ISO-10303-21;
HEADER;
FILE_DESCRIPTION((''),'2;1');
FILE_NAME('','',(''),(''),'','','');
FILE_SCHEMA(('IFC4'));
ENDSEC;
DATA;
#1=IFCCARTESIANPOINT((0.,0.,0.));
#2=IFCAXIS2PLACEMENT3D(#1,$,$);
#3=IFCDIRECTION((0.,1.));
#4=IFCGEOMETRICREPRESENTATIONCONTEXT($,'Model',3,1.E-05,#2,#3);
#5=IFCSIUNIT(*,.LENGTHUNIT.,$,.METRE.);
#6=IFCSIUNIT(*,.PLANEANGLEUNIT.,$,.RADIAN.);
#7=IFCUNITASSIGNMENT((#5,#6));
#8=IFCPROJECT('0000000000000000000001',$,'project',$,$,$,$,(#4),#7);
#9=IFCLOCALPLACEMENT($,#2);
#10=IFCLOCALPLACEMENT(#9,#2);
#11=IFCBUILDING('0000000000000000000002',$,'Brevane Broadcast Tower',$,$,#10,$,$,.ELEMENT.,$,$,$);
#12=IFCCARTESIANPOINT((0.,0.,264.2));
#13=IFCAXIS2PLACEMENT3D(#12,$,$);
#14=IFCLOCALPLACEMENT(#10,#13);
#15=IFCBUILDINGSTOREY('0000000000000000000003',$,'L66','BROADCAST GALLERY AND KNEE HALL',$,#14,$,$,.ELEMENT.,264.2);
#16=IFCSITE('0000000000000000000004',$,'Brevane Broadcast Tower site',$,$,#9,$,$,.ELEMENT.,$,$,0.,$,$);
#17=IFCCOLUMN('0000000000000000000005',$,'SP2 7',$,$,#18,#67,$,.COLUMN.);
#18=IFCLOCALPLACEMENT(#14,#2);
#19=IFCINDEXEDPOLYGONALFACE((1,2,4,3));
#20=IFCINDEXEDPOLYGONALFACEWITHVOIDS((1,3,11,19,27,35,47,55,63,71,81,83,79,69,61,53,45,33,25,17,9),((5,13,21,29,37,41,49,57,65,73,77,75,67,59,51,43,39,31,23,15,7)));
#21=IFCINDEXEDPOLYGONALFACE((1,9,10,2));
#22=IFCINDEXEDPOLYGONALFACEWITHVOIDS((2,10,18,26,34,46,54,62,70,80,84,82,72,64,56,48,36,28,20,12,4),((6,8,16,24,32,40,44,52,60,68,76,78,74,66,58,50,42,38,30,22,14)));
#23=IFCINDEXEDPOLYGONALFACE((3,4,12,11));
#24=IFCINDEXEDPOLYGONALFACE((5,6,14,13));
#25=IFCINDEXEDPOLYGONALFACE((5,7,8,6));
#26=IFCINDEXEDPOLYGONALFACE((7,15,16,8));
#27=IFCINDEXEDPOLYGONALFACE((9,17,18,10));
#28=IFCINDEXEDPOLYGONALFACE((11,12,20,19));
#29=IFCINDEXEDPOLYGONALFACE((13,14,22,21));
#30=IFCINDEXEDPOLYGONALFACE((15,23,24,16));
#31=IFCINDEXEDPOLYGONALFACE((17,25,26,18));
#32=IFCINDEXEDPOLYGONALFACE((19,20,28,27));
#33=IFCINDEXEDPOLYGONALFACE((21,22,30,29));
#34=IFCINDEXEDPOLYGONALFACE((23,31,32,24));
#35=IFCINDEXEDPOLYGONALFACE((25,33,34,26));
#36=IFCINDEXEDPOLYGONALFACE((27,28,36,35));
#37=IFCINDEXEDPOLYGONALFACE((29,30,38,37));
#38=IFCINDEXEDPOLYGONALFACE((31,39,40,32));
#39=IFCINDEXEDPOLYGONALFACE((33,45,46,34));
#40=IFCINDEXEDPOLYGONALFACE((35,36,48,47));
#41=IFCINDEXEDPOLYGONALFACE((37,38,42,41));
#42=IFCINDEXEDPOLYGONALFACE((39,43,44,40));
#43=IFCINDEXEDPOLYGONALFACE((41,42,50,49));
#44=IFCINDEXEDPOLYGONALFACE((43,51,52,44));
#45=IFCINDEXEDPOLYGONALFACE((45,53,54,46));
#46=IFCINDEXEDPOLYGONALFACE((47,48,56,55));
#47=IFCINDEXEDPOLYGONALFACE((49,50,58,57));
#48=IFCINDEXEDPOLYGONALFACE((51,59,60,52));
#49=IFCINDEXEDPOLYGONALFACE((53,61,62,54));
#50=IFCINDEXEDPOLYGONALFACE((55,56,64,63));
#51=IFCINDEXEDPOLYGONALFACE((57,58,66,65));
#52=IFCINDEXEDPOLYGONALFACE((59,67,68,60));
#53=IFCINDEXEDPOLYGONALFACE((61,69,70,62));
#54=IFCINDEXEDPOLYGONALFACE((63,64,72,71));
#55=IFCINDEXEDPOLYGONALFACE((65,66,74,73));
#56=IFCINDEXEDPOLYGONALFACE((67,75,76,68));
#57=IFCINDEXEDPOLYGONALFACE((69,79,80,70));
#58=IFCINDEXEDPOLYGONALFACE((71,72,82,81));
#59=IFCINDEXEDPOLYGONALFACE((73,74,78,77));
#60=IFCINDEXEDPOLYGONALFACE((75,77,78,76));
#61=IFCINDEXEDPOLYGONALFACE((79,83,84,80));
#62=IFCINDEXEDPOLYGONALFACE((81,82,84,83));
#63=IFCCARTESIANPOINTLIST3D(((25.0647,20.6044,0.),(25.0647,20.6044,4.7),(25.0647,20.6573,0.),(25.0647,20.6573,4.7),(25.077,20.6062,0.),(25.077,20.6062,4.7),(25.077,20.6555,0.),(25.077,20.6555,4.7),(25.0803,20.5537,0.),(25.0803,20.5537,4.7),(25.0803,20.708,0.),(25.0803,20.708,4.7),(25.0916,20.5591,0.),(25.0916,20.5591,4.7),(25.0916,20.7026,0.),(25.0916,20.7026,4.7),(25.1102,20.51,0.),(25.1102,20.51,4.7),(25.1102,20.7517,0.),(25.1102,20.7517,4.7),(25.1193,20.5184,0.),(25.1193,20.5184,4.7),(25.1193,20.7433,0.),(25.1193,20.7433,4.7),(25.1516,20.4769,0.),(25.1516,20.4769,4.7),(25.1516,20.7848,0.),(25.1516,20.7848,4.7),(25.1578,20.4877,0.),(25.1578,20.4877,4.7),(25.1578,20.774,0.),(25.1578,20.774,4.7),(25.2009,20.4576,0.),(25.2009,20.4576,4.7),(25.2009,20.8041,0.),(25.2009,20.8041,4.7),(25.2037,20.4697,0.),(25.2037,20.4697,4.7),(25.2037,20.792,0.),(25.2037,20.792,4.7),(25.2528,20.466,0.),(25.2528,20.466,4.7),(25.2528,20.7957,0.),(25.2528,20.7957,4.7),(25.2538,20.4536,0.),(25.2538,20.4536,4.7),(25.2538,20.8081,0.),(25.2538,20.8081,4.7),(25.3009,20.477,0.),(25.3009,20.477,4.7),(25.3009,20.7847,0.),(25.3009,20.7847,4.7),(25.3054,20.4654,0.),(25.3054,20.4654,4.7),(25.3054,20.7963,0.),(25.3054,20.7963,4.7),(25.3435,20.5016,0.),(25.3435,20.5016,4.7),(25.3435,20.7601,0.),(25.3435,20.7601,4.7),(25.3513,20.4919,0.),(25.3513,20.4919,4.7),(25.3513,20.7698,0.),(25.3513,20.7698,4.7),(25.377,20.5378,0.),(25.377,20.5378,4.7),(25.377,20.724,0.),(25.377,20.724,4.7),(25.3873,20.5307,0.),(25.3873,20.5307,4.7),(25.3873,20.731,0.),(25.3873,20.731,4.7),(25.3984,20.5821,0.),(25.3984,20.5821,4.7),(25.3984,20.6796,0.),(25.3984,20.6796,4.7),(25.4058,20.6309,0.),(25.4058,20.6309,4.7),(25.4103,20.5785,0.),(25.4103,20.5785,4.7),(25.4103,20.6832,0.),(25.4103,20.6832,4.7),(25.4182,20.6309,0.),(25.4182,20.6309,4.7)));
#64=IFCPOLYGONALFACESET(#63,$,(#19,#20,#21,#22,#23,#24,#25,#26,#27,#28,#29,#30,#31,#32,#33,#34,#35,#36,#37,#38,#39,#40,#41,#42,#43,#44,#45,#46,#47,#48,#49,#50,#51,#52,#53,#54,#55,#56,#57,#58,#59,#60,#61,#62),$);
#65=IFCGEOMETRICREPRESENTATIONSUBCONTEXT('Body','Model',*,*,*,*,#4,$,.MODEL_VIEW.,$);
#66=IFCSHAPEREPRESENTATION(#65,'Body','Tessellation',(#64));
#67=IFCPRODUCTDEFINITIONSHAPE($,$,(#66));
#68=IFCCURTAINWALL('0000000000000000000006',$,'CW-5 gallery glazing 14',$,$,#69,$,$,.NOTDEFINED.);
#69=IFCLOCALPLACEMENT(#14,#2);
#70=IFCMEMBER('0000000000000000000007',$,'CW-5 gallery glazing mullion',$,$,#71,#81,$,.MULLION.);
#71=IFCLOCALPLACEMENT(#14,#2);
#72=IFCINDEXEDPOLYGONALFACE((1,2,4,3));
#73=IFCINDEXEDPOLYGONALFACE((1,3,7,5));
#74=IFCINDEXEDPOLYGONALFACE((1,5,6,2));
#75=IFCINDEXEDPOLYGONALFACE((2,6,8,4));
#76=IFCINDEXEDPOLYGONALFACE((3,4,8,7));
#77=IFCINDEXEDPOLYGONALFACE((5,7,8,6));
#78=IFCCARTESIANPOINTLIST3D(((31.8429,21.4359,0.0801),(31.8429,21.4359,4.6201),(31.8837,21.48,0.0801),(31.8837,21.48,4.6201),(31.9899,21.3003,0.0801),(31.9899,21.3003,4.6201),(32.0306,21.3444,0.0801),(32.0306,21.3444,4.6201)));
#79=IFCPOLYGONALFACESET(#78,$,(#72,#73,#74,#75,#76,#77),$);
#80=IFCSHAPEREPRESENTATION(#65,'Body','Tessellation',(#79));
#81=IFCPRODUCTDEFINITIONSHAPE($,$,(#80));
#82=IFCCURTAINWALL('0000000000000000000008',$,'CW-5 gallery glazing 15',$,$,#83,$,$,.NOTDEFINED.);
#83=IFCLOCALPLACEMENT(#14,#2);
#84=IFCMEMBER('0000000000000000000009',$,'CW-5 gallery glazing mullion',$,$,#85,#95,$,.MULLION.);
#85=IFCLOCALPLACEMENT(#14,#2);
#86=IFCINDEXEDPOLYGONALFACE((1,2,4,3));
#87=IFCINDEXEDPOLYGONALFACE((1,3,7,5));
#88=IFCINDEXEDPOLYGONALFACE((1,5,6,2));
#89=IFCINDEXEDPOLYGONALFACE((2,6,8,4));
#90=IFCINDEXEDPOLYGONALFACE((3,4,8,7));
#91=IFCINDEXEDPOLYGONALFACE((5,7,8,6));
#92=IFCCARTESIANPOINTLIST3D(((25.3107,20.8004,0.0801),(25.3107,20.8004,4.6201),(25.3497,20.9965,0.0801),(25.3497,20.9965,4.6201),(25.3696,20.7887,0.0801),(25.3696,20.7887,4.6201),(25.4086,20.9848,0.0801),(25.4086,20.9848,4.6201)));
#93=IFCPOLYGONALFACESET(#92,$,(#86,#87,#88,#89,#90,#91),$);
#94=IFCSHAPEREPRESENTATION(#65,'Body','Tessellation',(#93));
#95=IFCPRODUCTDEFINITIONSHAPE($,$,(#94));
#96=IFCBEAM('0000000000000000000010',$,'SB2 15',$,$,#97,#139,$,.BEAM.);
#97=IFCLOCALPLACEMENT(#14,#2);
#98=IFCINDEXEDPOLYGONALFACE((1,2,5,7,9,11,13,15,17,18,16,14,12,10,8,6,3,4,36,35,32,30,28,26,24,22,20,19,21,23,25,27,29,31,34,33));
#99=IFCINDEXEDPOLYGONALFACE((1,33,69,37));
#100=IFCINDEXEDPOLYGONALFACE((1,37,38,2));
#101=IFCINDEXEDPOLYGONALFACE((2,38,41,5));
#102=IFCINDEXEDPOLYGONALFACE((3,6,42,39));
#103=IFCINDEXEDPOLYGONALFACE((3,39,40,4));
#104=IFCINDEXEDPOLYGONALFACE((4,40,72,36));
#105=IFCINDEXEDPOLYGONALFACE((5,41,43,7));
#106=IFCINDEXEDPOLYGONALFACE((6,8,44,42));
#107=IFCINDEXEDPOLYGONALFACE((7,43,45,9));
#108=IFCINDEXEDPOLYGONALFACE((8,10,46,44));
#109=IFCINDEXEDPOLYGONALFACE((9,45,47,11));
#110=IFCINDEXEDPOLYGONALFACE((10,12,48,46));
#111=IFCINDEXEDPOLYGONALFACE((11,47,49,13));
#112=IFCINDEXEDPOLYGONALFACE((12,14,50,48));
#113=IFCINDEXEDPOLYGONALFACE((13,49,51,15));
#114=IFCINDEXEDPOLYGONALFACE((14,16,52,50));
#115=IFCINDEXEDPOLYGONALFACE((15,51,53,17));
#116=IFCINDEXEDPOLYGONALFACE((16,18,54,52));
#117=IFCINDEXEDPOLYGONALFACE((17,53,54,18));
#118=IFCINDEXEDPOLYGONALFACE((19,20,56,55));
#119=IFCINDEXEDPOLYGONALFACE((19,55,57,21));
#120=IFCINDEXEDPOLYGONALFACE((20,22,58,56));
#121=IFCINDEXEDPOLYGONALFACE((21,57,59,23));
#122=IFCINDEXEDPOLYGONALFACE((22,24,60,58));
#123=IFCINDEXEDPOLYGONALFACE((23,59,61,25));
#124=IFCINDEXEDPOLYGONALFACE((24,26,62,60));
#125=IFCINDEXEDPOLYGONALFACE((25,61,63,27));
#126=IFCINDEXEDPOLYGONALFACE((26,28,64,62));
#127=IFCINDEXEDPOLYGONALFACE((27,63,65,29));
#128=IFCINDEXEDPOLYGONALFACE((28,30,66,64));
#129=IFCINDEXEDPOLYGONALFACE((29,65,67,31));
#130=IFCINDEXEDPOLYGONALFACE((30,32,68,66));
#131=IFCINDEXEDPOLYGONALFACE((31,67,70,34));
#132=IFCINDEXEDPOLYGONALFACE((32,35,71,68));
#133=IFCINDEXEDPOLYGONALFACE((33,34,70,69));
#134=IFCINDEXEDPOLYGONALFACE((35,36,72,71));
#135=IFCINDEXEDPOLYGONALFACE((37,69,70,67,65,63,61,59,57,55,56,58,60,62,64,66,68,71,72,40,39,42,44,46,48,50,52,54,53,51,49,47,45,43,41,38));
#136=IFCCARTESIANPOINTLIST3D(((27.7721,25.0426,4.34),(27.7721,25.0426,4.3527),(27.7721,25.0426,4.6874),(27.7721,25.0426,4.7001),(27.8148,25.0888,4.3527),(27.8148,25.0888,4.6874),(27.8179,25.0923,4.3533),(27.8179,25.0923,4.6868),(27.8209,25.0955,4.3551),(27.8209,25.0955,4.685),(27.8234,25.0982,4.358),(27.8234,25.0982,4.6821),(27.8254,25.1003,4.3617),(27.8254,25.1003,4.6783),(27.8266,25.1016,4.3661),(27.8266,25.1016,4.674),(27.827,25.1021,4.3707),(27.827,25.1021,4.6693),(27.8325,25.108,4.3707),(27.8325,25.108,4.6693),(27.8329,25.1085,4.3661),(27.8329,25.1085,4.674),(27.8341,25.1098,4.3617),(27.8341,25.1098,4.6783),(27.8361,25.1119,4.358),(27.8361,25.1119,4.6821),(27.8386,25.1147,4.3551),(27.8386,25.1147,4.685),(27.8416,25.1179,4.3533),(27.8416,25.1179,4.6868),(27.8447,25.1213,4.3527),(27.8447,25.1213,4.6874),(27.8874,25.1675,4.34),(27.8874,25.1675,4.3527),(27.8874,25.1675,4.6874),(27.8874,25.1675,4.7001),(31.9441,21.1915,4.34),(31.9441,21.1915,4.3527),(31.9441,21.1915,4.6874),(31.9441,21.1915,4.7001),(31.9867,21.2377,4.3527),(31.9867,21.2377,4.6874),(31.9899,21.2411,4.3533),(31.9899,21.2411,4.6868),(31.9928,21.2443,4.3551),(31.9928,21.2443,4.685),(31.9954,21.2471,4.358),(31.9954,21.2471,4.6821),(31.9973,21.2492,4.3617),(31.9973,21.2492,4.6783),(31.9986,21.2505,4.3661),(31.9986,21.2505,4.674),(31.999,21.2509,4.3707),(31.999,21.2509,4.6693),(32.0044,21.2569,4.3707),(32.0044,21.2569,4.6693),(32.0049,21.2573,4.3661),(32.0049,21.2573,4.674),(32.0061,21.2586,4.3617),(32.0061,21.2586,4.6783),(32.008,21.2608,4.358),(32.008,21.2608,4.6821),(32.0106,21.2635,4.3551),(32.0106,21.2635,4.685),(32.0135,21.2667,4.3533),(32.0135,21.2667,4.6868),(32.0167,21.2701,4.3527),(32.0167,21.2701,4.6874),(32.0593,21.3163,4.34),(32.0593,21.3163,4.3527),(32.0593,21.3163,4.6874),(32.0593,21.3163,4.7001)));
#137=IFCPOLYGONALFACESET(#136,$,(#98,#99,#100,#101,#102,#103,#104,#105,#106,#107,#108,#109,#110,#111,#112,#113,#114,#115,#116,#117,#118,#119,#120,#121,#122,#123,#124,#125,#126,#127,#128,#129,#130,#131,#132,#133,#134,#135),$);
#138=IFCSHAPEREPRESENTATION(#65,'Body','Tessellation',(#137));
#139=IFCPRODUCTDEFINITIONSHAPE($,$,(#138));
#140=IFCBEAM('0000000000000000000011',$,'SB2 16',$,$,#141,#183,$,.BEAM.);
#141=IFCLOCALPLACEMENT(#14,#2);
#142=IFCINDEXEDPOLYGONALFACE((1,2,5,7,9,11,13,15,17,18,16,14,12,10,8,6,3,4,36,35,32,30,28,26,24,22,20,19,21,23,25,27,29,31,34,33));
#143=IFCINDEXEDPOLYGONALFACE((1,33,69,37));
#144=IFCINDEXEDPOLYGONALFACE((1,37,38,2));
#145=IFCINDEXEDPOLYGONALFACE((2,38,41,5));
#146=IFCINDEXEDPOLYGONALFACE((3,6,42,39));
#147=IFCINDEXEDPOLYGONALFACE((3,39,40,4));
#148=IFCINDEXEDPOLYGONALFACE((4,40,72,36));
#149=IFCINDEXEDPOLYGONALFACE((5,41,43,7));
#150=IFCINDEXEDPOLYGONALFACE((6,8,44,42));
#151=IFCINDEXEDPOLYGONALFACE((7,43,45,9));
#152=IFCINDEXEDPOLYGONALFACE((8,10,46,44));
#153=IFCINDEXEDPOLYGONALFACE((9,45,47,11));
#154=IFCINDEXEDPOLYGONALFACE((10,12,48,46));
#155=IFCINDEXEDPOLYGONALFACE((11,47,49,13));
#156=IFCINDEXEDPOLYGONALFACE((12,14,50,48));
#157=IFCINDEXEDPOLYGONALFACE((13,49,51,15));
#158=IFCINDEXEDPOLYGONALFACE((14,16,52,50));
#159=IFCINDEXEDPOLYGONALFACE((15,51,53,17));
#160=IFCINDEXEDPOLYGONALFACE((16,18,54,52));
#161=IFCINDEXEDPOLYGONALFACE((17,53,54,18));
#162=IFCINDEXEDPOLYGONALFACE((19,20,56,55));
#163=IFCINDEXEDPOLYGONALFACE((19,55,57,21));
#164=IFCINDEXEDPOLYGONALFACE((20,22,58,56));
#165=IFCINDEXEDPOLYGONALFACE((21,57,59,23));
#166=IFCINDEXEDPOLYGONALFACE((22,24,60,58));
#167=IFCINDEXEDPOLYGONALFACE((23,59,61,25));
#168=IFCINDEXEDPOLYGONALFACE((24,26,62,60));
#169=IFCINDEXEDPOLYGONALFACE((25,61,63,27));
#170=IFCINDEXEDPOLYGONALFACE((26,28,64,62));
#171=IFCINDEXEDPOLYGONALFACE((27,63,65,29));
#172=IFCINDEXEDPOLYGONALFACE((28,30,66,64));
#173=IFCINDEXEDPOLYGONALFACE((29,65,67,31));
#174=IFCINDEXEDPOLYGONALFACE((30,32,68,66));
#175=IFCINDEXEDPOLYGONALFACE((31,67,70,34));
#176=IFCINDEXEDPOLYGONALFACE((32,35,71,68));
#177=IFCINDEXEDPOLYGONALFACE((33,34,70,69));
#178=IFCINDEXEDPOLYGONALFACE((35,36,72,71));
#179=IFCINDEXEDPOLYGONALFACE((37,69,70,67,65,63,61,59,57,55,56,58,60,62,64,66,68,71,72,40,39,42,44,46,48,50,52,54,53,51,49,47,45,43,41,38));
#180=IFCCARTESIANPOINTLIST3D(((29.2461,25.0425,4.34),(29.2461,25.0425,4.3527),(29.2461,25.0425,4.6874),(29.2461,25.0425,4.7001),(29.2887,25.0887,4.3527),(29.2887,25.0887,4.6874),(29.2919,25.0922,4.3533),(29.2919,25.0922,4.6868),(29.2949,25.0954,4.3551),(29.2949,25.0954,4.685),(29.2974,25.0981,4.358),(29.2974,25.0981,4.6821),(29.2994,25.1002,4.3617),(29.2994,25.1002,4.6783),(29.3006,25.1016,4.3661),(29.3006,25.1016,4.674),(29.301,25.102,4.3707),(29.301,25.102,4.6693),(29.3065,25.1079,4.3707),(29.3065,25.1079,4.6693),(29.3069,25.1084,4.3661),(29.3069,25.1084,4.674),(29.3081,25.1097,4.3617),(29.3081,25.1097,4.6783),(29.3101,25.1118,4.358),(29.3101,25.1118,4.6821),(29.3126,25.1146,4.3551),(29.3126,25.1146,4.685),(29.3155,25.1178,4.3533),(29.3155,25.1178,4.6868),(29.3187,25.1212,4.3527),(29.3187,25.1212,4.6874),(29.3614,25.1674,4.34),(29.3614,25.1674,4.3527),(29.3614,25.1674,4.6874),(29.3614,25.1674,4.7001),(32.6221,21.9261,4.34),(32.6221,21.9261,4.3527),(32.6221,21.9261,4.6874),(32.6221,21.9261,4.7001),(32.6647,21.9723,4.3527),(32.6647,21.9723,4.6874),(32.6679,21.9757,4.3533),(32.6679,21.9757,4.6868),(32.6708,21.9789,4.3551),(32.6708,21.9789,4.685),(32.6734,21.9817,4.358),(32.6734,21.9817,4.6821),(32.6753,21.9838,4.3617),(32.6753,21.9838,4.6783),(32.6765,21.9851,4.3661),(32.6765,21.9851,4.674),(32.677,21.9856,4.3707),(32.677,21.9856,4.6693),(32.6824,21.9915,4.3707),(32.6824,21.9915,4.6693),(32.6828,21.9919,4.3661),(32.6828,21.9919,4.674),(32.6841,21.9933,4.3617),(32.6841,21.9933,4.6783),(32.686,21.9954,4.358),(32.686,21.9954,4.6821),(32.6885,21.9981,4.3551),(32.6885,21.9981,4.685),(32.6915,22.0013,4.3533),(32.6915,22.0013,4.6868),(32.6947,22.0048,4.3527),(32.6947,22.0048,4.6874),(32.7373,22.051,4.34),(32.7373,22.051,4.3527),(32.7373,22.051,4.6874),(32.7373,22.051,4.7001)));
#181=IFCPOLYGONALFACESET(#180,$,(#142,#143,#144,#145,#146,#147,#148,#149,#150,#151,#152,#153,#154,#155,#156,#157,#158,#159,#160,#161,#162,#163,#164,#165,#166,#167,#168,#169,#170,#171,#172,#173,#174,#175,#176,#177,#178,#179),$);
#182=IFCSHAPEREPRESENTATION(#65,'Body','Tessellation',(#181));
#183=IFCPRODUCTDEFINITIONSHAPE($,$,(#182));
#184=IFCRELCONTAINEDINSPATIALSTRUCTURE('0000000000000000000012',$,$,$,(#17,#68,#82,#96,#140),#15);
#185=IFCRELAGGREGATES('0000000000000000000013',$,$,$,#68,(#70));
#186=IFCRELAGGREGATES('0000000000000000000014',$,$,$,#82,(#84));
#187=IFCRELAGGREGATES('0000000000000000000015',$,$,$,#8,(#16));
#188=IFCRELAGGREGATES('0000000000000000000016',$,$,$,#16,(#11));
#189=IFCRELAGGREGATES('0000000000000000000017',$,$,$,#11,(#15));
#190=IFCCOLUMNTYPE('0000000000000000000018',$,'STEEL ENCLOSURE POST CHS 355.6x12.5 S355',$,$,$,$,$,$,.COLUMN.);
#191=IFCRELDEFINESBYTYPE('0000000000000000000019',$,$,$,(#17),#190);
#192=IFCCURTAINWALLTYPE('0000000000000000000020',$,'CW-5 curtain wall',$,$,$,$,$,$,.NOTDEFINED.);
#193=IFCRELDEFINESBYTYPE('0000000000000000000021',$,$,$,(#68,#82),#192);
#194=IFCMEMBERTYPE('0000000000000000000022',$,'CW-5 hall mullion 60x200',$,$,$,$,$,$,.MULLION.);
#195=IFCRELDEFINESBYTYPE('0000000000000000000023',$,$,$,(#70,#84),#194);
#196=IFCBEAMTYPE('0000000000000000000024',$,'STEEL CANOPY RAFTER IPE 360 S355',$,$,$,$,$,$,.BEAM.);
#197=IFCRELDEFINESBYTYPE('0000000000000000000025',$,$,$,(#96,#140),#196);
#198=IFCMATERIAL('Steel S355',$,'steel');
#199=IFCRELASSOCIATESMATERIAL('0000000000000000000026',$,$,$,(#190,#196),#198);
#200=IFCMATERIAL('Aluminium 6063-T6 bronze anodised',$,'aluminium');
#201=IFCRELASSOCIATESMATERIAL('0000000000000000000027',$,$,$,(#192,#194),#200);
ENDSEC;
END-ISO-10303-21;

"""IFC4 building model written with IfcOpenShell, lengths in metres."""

from ifc_helpers import new_model, si_unit, direction, frame, origin, origin_2d, place, context, subcontext, project, spatial, rectangle, hollow_circle, i_section, extrude, material, material_profile, profile_set, type_object, element, aggregate, save


model = new_model("IFC4")

# Units and contexts
model_context = context("Model", 3, precision=1e-05, world=origin(), true_north=direction((0.0, 1.0)))
body_context = subcontext(model_context, "Body", "Model", "MODEL_VIEW")
ifc_project = project(units=[si_unit("LENGTHUNIT", "METRE"), si_unit("PLANEANGLEUNIT", "RADIAN")], contexts=[model_context])

# Site, building, storey
site_placement = place(None, origin())
site = spatial("IfcSite", under=ifc_project, at=site_placement, Name="Brevane Broadcast Tower site", CompositionType="ELEMENT", RefElevation=0.0)
building_placement = place(site_placement, origin())
building = spatial("IfcBuilding", under=site, at=building_placement, Name="Brevane Broadcast Tower", CompositionType="ELEMENT")
storey_placement = place(building_placement, frame((0.0, 0.0, 264.2)))
storey = spatial("IfcBuildingStorey", under=building, at=storey_placement, Name="L66", Description="BROADCAST GALLERY AND KNEE HALL", CompositionType="ELEMENT", Elevation=264.2)

# Column
ifc_material_1 = material(Name="Steel S355", Category="steel")
ifc_material_profile_1 = material_profile(ifc_material_1, hollow_circle(Radius=0.1777, WallThickness=0.0125, at=origin_2d()), Name="CHS 355.6x12.5")
ifc_profile_set_1 = profile_set([ifc_material_profile_1], Name="Steel S355")
column_type = type_object("IfcColumnType", Name="STEEL ENCLOSURE POST CHS 355.6x12.5 S355", PredefinedType="COLUMN", material=ifc_profile_set_1)
column_placement = place(storey_placement, frame((25.2405, 20.6309, 0.0), z_axis=(0.0, 0.0, 1.0), x_axis=(1.0, 0.0, 0.0)))
element("IfcColumn", 1, at=column_placement, inside=storey, type_object=column_type, Name="SP2 7", PredefinedType="COLUMN", context=body_context, shape_type="SweptSolid", body=[
    extrude(hollow_circle(Radius=0.1777, WallThickness=0.0125, at=origin_2d()), origin(), (0.0, 0.0, 1.0), 4.7),
])

# Curtain walls, members
ifc_material_2 = material(Name="Aluminium 6063-T6 bronze anodised", Category="aluminium")
curtain_wall_type = type_object("IfcCurtainWallType", Name="CW-5 curtain wall", PredefinedType="NOTDEFINED", material=ifc_material_2)
curtain_wall_1_placement = place(storey_placement, origin())
curtain_wall_1 = element("IfcCurtainWall", 2, at=curtain_wall_1_placement, inside=storey, type_object=curtain_wall_type, Name="CW-5 gallery glazing 14", PredefinedType="NOTDEFINED")
ifc_material_profile_2 = material_profile(ifc_material_2, rectangle(XDim=0.2, YDim=0.0601, at=origin_2d()), Name="RECT 60x200")
ifc_profile_set_2 = profile_set([ifc_material_profile_2], Name="Aluminium 6063-T6 bronze anodised")
member_type_1 = type_object("IfcMemberType", Name="CW-5 hall mullion 60x200", PredefinedType="MULLION", material=ifc_profile_set_2)
member_1_placement = place(storey_placement, frame((31.9368, 21.3901, 0.0801), z_axis=(0.0, 0.0, 1.0), x_axis=(0.734785, -0.6783, 0.0)))
member_1 = element("IfcMember", 3, at=member_1_placement, type_object=member_type_1, Name="CW-5 gallery glazing mullion", PredefinedType="MULLION", context=body_context, shape_type="SweptSolid", body=[
    extrude(rectangle(XDim=0.2, YDim=0.0601, at=origin_2d()), origin(), (0.0, 0.0, 1.0), 4.54),
])
curtain_wall_2_placement = place(storey_placement, origin())
curtain_wall_2 = element("IfcCurtainWall", 4, at=curtain_wall_2_placement, inside=storey, type_object=curtain_wall_type, Name="CW-5 gallery glazing 15", PredefinedType="NOTDEFINED")
member_2_placement = place(storey_placement, frame((25.3596, 20.8926, 0.0801), z_axis=(0.0, 0.0, 1.0), x_axis=(-0.19509, -0.980785, 0.0)))
member_2 = element("IfcMember", 5, at=member_2_placement, type_object=member_type_1, Name="CW-5 gallery glazing mullion", PredefinedType="MULLION", context=body_context, shape_type="SweptSolid", body=[
    extrude(rectangle(XDim=0.2, YDim=0.0601, at=origin_2d()), origin(), (0.0, 0.0, 1.0), 4.54),
])

# Beams
ifc_material_profile_3 = material_profile(ifc_material_1, i_section(OverallWidth=0.1699, OverallDepth=0.3601, WebThickness=0.0081, FlangeThickness=0.0127, FilletRadius=0.0181, at=origin_2d()), Name="IPE 360")
ifc_profile_set_3 = profile_set([ifc_material_profile_3], Name="Steel S355")
beam_type_1 = type_object("IfcBeamType", Name="STEEL CANOPY RAFTER IPE 360 S355", PredefinedType="BEAM", material=ifc_profile_set_3)
beam_1_placement = place(storey_placement, frame((32.0017, 21.2539, 4.52), z_axis=(-0.734794, 0.678291, 0.0), x_axis=(-0.678291, -0.734794, 0.0)))
element("IfcBeam", 6, at=beam_1_placement, inside=storey, type_object=beam_type_1, Name="SB2 15", PredefinedType="BEAM", context=body_context, shape_type="SweptSolid", body=[
    extrude(i_section(OverallWidth=0.1699, OverallDepth=0.3601, WebThickness=0.0081, FlangeThickness=0.0127, FilletRadius=0.0181, at=origin_2d()), origin(), (0.0, 0.0, 1.0), 5.6777),
])
beam_2_placement = place(storey_placement, frame((32.6797, 21.9885, 4.52), z_axis=(-0.734785, 0.6783, 0.0), x_axis=(-0.6783, -0.734785, 0.0)))
element("IfcBeam", 7, at=beam_2_placement, inside=storey, type_object=beam_type_1, Name="SB2 16", PredefinedType="BEAM", context=body_context, shape_type="SweptSolid", body=[
    extrude(i_section(OverallWidth=0.1699, OverallDepth=0.3601, WebThickness=0.0081, FlangeThickness=0.0127, FilletRadius=0.0181, at=origin_2d()), origin(), (0.0, 0.0, 1.0), 4.5945),
])

aggregate(curtain_wall_1, [member_1])
aggregate(curtain_wall_2, [member_2])

save(model, "model.ifc")
